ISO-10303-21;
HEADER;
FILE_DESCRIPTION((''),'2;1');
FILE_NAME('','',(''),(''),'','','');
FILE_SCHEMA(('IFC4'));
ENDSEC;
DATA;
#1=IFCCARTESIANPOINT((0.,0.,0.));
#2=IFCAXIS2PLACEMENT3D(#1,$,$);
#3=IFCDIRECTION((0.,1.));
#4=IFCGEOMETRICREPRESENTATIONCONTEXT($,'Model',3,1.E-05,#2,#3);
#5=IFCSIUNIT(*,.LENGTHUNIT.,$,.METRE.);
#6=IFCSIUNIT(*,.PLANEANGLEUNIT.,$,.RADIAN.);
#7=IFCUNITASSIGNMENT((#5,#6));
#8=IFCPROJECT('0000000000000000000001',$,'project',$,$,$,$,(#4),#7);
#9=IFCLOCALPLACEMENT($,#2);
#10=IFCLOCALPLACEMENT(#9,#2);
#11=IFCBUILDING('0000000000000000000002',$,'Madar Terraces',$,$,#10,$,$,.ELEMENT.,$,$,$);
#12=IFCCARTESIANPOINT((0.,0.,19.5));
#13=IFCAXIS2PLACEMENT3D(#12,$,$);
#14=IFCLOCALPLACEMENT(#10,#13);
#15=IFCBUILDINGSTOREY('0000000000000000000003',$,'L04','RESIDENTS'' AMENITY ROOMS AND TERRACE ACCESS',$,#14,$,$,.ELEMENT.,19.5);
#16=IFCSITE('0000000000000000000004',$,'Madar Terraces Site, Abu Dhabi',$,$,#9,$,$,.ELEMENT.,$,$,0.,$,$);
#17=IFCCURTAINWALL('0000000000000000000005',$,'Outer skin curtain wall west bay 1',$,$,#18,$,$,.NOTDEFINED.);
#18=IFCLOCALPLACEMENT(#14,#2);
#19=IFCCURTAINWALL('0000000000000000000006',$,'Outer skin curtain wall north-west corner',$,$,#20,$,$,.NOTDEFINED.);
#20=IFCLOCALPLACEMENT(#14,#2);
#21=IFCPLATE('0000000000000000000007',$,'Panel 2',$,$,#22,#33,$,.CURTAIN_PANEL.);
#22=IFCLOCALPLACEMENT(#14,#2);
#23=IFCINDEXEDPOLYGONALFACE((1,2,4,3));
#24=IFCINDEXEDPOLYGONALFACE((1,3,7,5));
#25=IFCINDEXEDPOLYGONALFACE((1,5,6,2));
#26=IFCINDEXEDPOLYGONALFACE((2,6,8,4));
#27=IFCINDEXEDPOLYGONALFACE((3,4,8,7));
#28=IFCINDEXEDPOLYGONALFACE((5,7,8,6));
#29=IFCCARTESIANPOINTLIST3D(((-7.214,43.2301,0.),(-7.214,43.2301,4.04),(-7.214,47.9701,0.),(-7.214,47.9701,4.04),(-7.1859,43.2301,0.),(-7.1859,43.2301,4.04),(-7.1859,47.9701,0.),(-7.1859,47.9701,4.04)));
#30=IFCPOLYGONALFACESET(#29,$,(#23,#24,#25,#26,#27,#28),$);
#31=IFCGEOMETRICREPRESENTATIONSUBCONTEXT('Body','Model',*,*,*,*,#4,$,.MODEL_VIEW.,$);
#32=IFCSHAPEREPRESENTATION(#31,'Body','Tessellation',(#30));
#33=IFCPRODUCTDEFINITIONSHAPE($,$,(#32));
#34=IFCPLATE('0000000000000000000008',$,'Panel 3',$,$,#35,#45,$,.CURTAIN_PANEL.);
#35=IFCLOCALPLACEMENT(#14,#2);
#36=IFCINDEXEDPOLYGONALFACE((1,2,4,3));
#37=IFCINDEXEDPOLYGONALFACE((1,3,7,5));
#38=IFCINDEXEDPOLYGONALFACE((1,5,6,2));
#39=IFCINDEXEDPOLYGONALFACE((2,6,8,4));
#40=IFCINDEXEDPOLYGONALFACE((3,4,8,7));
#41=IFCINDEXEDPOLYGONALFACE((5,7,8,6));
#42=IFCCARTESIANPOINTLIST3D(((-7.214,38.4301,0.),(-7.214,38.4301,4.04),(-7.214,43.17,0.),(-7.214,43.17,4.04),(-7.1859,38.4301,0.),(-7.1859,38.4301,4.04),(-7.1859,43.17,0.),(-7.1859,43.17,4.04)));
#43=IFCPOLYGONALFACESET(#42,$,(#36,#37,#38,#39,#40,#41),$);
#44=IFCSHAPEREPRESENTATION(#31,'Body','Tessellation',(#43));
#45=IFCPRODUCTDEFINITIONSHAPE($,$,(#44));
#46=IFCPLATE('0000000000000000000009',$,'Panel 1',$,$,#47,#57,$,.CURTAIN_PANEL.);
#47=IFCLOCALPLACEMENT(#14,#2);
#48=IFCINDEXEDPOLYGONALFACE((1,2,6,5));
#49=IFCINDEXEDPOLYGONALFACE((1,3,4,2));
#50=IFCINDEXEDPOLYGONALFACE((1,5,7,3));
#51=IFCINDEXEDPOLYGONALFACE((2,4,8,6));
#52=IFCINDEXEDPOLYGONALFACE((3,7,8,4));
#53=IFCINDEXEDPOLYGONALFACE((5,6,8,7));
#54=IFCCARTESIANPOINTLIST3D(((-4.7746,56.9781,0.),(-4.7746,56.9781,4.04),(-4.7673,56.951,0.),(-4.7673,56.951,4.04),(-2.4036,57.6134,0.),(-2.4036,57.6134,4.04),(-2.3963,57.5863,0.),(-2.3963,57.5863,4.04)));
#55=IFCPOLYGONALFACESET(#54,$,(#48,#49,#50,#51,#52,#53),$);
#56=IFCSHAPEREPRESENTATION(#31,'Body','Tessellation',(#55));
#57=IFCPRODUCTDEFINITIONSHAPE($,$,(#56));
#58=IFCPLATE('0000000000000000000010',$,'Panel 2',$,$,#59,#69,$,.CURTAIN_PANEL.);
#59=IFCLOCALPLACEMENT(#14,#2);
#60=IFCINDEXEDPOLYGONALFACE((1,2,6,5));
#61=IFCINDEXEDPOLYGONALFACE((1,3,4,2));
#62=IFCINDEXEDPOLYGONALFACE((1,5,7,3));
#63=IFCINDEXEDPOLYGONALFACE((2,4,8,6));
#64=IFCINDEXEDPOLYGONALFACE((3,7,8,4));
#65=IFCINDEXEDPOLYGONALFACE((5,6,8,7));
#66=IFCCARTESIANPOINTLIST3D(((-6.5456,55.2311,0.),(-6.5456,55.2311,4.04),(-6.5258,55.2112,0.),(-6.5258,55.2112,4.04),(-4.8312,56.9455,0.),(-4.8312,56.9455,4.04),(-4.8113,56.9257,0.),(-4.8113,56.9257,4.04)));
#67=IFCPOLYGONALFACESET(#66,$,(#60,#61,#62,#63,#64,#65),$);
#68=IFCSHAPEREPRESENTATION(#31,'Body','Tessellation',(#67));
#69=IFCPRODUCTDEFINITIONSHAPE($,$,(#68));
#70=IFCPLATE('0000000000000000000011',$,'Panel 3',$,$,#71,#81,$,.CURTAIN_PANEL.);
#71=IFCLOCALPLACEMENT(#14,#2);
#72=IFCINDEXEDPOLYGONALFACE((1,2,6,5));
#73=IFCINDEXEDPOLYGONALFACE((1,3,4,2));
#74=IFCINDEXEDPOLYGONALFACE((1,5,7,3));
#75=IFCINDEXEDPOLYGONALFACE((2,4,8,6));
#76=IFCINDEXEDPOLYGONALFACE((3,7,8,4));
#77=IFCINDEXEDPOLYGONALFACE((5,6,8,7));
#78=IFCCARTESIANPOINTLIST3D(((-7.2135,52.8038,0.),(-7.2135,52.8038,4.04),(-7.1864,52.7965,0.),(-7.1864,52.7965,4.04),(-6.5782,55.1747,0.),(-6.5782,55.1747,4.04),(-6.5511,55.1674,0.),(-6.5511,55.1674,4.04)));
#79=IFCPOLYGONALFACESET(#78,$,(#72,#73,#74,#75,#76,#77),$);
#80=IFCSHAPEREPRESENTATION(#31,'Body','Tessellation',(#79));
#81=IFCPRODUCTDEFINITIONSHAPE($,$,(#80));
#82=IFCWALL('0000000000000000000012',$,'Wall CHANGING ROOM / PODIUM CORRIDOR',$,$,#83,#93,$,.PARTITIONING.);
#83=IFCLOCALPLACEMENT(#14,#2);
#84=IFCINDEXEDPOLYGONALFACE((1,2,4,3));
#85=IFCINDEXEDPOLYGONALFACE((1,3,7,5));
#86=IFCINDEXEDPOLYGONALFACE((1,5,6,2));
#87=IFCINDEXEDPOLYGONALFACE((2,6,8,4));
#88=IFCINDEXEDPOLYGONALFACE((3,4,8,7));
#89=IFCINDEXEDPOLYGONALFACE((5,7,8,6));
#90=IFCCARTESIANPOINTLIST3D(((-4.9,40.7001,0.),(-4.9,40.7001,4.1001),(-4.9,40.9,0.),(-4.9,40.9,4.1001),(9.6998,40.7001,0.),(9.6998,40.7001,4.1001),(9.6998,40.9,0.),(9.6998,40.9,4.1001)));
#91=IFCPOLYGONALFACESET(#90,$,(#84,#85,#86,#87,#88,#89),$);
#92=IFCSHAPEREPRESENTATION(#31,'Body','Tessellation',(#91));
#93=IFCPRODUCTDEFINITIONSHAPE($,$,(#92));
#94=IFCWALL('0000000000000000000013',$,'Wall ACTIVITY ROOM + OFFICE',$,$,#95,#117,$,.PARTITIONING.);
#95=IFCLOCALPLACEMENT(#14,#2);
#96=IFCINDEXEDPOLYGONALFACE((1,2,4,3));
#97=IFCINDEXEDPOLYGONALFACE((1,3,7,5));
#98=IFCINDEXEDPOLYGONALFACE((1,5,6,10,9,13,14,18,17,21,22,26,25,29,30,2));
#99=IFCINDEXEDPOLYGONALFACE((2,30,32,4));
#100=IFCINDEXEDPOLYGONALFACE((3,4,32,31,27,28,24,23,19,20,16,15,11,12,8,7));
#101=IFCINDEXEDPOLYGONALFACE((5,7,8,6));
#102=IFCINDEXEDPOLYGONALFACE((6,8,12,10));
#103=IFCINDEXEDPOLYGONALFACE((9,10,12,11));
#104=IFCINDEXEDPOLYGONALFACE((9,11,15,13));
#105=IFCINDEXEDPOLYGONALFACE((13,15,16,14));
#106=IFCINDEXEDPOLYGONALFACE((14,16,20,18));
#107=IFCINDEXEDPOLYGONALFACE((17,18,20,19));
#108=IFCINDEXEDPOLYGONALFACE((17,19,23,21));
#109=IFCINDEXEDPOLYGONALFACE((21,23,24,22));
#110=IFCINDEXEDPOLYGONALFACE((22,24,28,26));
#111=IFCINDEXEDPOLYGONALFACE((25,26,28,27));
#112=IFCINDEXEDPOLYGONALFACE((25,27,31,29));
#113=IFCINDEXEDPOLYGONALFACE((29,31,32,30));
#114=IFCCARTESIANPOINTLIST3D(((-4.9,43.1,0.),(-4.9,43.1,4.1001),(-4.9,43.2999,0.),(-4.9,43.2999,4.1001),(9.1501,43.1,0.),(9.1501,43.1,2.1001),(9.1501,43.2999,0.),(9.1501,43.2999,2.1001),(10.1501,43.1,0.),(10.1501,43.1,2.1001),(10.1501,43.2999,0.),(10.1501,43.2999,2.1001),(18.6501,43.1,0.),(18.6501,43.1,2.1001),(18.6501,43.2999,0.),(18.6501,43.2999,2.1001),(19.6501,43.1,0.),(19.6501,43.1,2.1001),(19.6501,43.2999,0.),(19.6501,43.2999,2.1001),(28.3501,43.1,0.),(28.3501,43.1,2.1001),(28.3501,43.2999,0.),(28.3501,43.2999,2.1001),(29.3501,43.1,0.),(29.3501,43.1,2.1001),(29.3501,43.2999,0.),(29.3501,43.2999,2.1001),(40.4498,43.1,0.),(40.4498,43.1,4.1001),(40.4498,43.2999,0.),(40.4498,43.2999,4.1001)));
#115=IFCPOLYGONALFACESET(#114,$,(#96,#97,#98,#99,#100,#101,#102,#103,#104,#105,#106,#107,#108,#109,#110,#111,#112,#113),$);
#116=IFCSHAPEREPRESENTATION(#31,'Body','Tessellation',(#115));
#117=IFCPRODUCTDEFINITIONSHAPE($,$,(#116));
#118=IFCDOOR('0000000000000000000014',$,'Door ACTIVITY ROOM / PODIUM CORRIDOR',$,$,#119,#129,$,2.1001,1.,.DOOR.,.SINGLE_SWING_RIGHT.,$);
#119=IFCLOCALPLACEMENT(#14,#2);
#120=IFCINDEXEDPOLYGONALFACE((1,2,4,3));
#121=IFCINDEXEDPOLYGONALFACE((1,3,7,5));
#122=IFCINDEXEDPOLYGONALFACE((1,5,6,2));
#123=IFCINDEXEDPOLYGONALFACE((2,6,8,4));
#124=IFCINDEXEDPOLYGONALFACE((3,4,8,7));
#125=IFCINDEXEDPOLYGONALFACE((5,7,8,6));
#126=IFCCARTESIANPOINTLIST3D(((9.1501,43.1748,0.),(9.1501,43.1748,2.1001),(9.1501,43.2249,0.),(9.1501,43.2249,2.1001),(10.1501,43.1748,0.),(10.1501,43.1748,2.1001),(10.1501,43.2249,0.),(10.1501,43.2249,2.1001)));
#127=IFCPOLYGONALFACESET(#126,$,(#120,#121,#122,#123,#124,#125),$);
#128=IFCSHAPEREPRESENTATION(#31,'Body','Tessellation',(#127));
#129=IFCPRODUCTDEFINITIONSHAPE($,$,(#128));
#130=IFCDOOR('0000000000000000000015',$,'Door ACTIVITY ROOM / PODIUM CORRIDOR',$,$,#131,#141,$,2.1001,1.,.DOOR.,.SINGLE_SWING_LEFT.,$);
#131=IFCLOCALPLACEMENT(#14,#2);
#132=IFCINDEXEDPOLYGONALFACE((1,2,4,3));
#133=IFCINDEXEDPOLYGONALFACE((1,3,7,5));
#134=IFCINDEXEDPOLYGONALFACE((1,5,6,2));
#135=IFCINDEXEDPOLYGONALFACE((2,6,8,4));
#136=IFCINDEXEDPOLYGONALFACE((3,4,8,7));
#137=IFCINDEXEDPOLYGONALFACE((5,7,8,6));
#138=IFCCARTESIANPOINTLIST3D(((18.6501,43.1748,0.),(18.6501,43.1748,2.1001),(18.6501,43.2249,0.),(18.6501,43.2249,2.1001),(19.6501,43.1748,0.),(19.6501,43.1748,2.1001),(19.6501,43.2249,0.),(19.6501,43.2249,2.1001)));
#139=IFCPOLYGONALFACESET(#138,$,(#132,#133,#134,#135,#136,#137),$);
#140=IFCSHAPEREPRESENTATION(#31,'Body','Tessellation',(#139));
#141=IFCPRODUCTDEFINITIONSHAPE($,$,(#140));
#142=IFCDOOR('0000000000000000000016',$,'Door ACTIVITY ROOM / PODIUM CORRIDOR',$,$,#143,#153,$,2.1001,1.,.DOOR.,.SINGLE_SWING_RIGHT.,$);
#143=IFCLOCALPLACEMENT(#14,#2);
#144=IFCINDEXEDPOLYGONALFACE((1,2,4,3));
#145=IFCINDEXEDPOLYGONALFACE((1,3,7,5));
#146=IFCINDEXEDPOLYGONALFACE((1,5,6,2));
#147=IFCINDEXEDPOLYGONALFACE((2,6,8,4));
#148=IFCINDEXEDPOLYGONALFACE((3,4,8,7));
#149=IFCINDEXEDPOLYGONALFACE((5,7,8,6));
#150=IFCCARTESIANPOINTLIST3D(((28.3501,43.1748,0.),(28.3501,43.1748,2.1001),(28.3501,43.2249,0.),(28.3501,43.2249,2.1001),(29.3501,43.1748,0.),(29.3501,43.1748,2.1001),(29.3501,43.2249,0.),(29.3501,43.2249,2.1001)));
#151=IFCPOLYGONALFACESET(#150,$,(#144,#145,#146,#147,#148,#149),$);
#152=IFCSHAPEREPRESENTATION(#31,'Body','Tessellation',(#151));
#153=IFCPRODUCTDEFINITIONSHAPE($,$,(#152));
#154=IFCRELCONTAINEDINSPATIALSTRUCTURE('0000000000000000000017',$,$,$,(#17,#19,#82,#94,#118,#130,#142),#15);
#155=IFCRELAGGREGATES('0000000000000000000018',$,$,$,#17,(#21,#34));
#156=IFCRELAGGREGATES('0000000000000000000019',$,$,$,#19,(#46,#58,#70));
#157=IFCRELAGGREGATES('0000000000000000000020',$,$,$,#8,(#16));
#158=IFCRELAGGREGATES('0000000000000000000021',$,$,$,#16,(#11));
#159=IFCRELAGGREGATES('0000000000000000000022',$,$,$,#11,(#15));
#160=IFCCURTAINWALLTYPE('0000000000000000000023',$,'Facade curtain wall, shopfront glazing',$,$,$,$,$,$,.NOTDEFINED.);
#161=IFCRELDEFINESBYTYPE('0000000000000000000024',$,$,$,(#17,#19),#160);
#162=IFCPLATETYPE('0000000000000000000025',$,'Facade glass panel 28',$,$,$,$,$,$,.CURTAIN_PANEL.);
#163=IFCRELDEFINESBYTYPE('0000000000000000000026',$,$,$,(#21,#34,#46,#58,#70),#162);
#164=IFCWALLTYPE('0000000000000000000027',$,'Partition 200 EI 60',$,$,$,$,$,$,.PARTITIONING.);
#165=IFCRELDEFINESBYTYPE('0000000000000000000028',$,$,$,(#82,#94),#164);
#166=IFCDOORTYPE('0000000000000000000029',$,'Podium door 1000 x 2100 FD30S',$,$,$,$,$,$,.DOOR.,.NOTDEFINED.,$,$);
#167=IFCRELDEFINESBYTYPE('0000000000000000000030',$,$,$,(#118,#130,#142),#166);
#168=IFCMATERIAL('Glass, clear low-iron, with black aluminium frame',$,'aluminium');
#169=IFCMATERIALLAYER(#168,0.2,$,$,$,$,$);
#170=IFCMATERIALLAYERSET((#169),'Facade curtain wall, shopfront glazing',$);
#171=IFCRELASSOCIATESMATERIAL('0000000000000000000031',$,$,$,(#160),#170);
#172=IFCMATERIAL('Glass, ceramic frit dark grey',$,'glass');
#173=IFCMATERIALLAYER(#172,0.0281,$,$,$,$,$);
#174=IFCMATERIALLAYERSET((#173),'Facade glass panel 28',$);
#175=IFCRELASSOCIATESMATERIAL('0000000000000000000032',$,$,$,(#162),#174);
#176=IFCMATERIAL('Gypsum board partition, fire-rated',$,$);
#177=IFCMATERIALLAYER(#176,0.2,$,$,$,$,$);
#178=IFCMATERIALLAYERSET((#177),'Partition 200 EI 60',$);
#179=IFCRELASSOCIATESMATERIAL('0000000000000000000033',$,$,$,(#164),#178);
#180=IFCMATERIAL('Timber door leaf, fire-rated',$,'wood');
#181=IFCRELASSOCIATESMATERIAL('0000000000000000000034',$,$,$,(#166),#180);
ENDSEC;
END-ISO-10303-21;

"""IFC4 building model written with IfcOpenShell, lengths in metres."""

from ifc_helpers import new_model, si_unit, direction, frame, frame_2d, origin, origin_2d, place, context, subcontext, project, spatial, rectangle, extrude, material, layer, layer_set, type_object, element, fill, aggregate, save


model = new_model("IFC4")

# Units and contexts
model_context = context("Model", 3, precision=1e-05, world=origin(), true_north=direction((0.0, 1.0)))
body_context = subcontext(model_context, "Body", "Model", "MODEL_VIEW")
ifc_project = project(units=[si_unit("LENGTHUNIT", "METRE"), si_unit("PLANEANGLEUNIT", "RADIAN")], contexts=[model_context])

# Site, building, storey
site_placement = place(None, origin())
site = spatial("IfcSite", under=ifc_project, at=site_placement, Name="Madar Terraces Site, Abu Dhabi", CompositionType="ELEMENT", RefElevation=0.0)
building_placement = place(site_placement, origin())
building = spatial("IfcBuilding", under=site, at=building_placement, Name="Madar Terraces", CompositionType="ELEMENT")
storey_placement = place(building_placement, frame((0.0, 0.0, 19.5)))
storey = spatial("IfcBuildingStorey", under=building, at=storey_placement, Name="L04", Description="RESIDENTS' AMENITY ROOMS AND TERRACE ACCESS", CompositionType="ELEMENT", Elevation=19.5)

# Curtain walls
ifc_material_1 = material(Name="Glass, clear low-iron, with black aluminium frame", Category="aluminium")
ifc_layer_1 = layer(ifc_material_1, 0.2)
ifc_layer_set_1 = layer_set([ifc_layer_1], Name="Facade curtain wall, shopfront glazing")
curtain_wall_type = type_object("IfcCurtainWallType", Name="Facade curtain wall, shopfront glazing", PredefinedType="NOTDEFINED", material=ifc_layer_set_1)
curtain_wall_1_placement = place(storey_placement, origin())
curtain_wall_1 = element("IfcCurtainWall", 1, at=curtain_wall_1_placement, inside=storey, type_object=curtain_wall_type, Name="Outer skin curtain wall west bay 1", PredefinedType="NOTDEFINED")
curtain_wall_2_placement = place(storey_placement, origin())
curtain_wall_2 = element("IfcCurtainWall", 2, at=curtain_wall_2_placement, inside=storey, type_object=curtain_wall_type, Name="Outer skin curtain wall north-west corner", PredefinedType="NOTDEFINED")

# Shared definitions
ifc_material_2 = material(Name="Glass, ceramic frit dark grey", Category="glass")
ifc_layer_2 = layer(ifc_material_2, 0.0281)
ifc_layer_set_2 = layer_set([ifc_layer_2], Name="Facade glass panel 28")
plate_type = type_object("IfcPlateType", Name="Facade glass panel 28", PredefinedType="CURTAIN_PANEL", material=ifc_layer_set_2)

# Plates
plate_1_placement = place(storey_placement, frame((-7.2, 45.6001, 0.0), z_axis=(0.0, 0.0, 1.0), x_axis=(0.0, -1.0, 0.0)))
plate_1 = element("IfcPlate", 3, at=plate_1_placement, type_object=plate_type, Name="Panel 2", PredefinedType="CURTAIN_PANEL", context=body_context, shape_type="SweptSolid", body=[
    extrude(rectangle(XDim=4.74, YDim=0.0281, at=origin_2d()), origin(), (0.0, 0.0, 1.0), 4.04),
])
plate_2_placement = place(storey_placement, frame((-7.2, 40.8, 0.0), z_axis=(0.0, 0.0, 1.0), x_axis=(0.0, -1.0, 0.0)))
plate_2 = element("IfcPlate", 4, at=plate_2_placement, type_object=plate_type, Name="Panel 3", PredefinedType="CURTAIN_PANEL", context=body_context, shape_type="SweptSolid", body=[
    extrude(rectangle(XDim=4.74, YDim=0.0281, at=origin_2d()), origin(), (0.0, 0.0, 1.0), 4.04),
])
aggregate(curtain_wall_1, [plate_1, plate_2])
plate_3_placement = place(storey_placement, frame((-3.5854, 57.2822, 0.0), z_axis=(0.0, 0.0, 1.0), x_axis=(-0.965926, -0.258819, 0.0)))
plate_3 = element("IfcPlate", 5, at=plate_3_placement, type_object=plate_type, Name="Panel 1", PredefinedType="CURTAIN_PANEL", context=body_context, shape_type="SweptSolid", body=[
    extrude(rectangle(XDim=2.4546, YDim=0.0281, at=origin_2d()), origin(), (0.0, 0.0, 1.0), 4.04),
])
plate_4_placement = place(storey_placement, frame((-5.6785, 56.0784, 0.0), z_axis=(0.0, 0.0, 1.0), x_axis=(-0.707107, -0.707107, 0.0)))
plate_4 = element("IfcPlate", 6, at=plate_4_placement, type_object=plate_type, Name="Panel 2", PredefinedType="CURTAIN_PANEL", context=body_context, shape_type="SweptSolid", body=[
    extrude(rectangle(XDim=2.4246, YDim=0.0281, at=origin_2d()), origin(), (0.0, 0.0, 1.0), 4.04),
])
plate_5_placement = place(storey_placement, frame((-6.8823, 53.9856, 0.0), z_axis=(0.0, 0.0, 1.0), x_axis=(-0.258819, -0.965926, 0.0)))
plate_5 = element("IfcPlate", 7, at=plate_5_placement, type_object=plate_type, Name="Panel 3", PredefinedType="CURTAIN_PANEL", context=body_context, shape_type="SweptSolid", body=[
    extrude(rectangle(XDim=2.4546, YDim=0.0281, at=origin_2d()), origin(), (0.0, 0.0, 1.0), 4.04),
])
aggregate(curtain_wall_2, [plate_3, plate_4, plate_5])

# Wall
ifc_material_3 = material(Name="Gypsum board partition, fire-rated")
ifc_layer_3 = layer(ifc_material_3, 0.2)
ifc_layer_set_3 = layer_set([ifc_layer_3], Name="Partition 200 EI 60")
wall_type = type_object("IfcWallType", Name="Partition 200 EI 60", PredefinedType="PARTITIONING", material=ifc_layer_set_3)
wall_1_placement = place(storey_placement, frame((-4.8999, 40.8, 0.0), z_axis=(0.0, 0.0, 1.0), x_axis=(1.0, 0.0, 0.0)))
element("IfcWall", 8, at=wall_1_placement, inside=storey, type_object=wall_type, Name="Wall CHANGING ROOM / PODIUM CORRIDOR", PredefinedType="PARTITIONING", context=body_context, shape_type="SweptSolid", body=[
    extrude(rectangle(XDim=14.5999, YDim=0.2, at=frame_2d((7.2998, 0.0))), origin(), (0.0, 0.0, 1.0), 4.1001),
])

# Wall, openings, doors
wall_2_placement = place(storey_placement, frame((-4.8999, 43.2, 0.0), z_axis=(0.0, 0.0, 1.0), x_axis=(1.0, 0.0, 0.0)))
wall_2 = element("IfcWall", 9, at=wall_2_placement, inside=storey, type_object=wall_type, Name="Wall ACTIVITY ROOM + OFFICE", PredefinedType="PARTITIONING", context=body_context, shape_type="SweptSolid", body=[
    extrude(rectangle(XDim=45.3499, YDim=0.2, at=frame_2d((22.6748, 0.0))), origin(), (0.0, 0.0, 1.0), 4.1001),
])
opening_1_placement = place(wall_2_placement, frame((14.05, 0.0, 0.0)))
opening_1 = element("IfcOpeningElement", 10, at=opening_1_placement, cuts=wall_2, PredefinedType="OPENING", context=body_context, shape_type="SweptSolid", body=[
    extrude(rectangle(XDim=1.0, YDim=2.1001, at=frame_2d((0.5, 1.05))), frame((0.0, 0.1099, 0.0), z_axis=(0.0, -1.0, 0.0), x_axis=(1.0, 0.0, 0.0)), (0.0, 0.0, 1.0), 0.22),
])
opening_2_placement = place(wall_2_placement, frame((23.55, 0.0, 0.0)))
opening_2 = element("IfcOpeningElement", 11, at=opening_2_placement, cuts=wall_2, PredefinedType="OPENING", context=body_context, shape_type="SweptSolid", body=[
    extrude(rectangle(XDim=1.0, YDim=2.1001, at=frame_2d((0.5, 1.05))), frame((0.0, 0.1099, 0.0), z_axis=(0.0, -1.0, 0.0), x_axis=(1.0, 0.0, 0.0)), (0.0, 0.0, 1.0), 0.22),
])
opening_3_placement = place(wall_2_placement, frame((33.25, 0.0, 0.0)))
opening_3 = element("IfcOpeningElement", 12, at=opening_3_placement, cuts=wall_2, PredefinedType="OPENING", context=body_context, shape_type="SweptSolid", body=[
    extrude(rectangle(XDim=1.0, YDim=2.1001, at=frame_2d((0.5, 1.05))), frame((0.0, 0.1099, 0.0), z_axis=(0.0, -1.0, 0.0), x_axis=(1.0, 0.0, 0.0)), (0.0, 0.0, 1.0), 0.22),
])
ifc_material_4 = material(Name="Timber door leaf, fire-rated", Category="wood")
door_type = type_object("IfcDoorType", Name="Podium door 1000 x 2100 FD30S", OperationType="NOTDEFINED", PredefinedType="DOOR", material=ifc_material_4)
door_1_placement = place(opening_1_placement, origin())
door_1 = element("IfcDoor", 13, at=door_1_placement, inside=storey, type_object=door_type, Name="Door ACTIVITY ROOM / PODIUM CORRIDOR", OperationType="SINGLE_SWING_RIGHT", OverallHeight=2.1001, OverallWidth=1.0, PredefinedType="DOOR", context=body_context, shape_type="SweptSolid", body=[
    extrude(rectangle(XDim=1.0, YDim=2.1001, at=frame_2d((0.5, 1.05))), frame((0.0, 0.0249, 0.0), z_axis=(0.0, -1.0, 0.0), x_axis=(1.0, 0.0, 0.0)), (0.0, 0.0, 1.0), 0.05),
])
fill(opening_1, door_1)
door_2_placement = place(opening_2_placement, origin())
door_2 = element("IfcDoor", 14, at=door_2_placement, inside=storey, type_object=door_type, Name="Door ACTIVITY ROOM / PODIUM CORRIDOR", OperationType="SINGLE_SWING_LEFT", OverallHeight=2.1001, OverallWidth=1.0, PredefinedType="DOOR", context=body_context, shape_type="SweptSolid", body=[
    extrude(rectangle(XDim=1.0, YDim=2.1001, at=frame_2d((0.5, 1.05))), frame((0.0, 0.0249, 0.0), z_axis=(0.0, -1.0, 0.0), x_axis=(1.0, 0.0, 0.0)), (0.0, 0.0, 1.0), 0.05),
])
fill(opening_2, door_2)
door_3_placement = place(opening_3_placement, origin())
door_3 = element("IfcDoor", 15, at=door_3_placement, inside=storey, type_object=door_type, Name="Door ACTIVITY ROOM / PODIUM CORRIDOR", OperationType="SINGLE_SWING_RIGHT", OverallHeight=2.1001, OverallWidth=1.0, PredefinedType="DOOR", context=body_context, shape_type="SweptSolid", body=[
    extrude(rectangle(XDim=1.0, YDim=2.1001, at=frame_2d((0.5, 1.05))), frame((0.0, 0.0249, 0.0), z_axis=(0.0, -1.0, 0.0), x_axis=(1.0, 0.0, 0.0)), (0.0, 0.0, 1.0), 0.05),
])
fill(opening_3, door_3)

save(model, "model.ifc")
